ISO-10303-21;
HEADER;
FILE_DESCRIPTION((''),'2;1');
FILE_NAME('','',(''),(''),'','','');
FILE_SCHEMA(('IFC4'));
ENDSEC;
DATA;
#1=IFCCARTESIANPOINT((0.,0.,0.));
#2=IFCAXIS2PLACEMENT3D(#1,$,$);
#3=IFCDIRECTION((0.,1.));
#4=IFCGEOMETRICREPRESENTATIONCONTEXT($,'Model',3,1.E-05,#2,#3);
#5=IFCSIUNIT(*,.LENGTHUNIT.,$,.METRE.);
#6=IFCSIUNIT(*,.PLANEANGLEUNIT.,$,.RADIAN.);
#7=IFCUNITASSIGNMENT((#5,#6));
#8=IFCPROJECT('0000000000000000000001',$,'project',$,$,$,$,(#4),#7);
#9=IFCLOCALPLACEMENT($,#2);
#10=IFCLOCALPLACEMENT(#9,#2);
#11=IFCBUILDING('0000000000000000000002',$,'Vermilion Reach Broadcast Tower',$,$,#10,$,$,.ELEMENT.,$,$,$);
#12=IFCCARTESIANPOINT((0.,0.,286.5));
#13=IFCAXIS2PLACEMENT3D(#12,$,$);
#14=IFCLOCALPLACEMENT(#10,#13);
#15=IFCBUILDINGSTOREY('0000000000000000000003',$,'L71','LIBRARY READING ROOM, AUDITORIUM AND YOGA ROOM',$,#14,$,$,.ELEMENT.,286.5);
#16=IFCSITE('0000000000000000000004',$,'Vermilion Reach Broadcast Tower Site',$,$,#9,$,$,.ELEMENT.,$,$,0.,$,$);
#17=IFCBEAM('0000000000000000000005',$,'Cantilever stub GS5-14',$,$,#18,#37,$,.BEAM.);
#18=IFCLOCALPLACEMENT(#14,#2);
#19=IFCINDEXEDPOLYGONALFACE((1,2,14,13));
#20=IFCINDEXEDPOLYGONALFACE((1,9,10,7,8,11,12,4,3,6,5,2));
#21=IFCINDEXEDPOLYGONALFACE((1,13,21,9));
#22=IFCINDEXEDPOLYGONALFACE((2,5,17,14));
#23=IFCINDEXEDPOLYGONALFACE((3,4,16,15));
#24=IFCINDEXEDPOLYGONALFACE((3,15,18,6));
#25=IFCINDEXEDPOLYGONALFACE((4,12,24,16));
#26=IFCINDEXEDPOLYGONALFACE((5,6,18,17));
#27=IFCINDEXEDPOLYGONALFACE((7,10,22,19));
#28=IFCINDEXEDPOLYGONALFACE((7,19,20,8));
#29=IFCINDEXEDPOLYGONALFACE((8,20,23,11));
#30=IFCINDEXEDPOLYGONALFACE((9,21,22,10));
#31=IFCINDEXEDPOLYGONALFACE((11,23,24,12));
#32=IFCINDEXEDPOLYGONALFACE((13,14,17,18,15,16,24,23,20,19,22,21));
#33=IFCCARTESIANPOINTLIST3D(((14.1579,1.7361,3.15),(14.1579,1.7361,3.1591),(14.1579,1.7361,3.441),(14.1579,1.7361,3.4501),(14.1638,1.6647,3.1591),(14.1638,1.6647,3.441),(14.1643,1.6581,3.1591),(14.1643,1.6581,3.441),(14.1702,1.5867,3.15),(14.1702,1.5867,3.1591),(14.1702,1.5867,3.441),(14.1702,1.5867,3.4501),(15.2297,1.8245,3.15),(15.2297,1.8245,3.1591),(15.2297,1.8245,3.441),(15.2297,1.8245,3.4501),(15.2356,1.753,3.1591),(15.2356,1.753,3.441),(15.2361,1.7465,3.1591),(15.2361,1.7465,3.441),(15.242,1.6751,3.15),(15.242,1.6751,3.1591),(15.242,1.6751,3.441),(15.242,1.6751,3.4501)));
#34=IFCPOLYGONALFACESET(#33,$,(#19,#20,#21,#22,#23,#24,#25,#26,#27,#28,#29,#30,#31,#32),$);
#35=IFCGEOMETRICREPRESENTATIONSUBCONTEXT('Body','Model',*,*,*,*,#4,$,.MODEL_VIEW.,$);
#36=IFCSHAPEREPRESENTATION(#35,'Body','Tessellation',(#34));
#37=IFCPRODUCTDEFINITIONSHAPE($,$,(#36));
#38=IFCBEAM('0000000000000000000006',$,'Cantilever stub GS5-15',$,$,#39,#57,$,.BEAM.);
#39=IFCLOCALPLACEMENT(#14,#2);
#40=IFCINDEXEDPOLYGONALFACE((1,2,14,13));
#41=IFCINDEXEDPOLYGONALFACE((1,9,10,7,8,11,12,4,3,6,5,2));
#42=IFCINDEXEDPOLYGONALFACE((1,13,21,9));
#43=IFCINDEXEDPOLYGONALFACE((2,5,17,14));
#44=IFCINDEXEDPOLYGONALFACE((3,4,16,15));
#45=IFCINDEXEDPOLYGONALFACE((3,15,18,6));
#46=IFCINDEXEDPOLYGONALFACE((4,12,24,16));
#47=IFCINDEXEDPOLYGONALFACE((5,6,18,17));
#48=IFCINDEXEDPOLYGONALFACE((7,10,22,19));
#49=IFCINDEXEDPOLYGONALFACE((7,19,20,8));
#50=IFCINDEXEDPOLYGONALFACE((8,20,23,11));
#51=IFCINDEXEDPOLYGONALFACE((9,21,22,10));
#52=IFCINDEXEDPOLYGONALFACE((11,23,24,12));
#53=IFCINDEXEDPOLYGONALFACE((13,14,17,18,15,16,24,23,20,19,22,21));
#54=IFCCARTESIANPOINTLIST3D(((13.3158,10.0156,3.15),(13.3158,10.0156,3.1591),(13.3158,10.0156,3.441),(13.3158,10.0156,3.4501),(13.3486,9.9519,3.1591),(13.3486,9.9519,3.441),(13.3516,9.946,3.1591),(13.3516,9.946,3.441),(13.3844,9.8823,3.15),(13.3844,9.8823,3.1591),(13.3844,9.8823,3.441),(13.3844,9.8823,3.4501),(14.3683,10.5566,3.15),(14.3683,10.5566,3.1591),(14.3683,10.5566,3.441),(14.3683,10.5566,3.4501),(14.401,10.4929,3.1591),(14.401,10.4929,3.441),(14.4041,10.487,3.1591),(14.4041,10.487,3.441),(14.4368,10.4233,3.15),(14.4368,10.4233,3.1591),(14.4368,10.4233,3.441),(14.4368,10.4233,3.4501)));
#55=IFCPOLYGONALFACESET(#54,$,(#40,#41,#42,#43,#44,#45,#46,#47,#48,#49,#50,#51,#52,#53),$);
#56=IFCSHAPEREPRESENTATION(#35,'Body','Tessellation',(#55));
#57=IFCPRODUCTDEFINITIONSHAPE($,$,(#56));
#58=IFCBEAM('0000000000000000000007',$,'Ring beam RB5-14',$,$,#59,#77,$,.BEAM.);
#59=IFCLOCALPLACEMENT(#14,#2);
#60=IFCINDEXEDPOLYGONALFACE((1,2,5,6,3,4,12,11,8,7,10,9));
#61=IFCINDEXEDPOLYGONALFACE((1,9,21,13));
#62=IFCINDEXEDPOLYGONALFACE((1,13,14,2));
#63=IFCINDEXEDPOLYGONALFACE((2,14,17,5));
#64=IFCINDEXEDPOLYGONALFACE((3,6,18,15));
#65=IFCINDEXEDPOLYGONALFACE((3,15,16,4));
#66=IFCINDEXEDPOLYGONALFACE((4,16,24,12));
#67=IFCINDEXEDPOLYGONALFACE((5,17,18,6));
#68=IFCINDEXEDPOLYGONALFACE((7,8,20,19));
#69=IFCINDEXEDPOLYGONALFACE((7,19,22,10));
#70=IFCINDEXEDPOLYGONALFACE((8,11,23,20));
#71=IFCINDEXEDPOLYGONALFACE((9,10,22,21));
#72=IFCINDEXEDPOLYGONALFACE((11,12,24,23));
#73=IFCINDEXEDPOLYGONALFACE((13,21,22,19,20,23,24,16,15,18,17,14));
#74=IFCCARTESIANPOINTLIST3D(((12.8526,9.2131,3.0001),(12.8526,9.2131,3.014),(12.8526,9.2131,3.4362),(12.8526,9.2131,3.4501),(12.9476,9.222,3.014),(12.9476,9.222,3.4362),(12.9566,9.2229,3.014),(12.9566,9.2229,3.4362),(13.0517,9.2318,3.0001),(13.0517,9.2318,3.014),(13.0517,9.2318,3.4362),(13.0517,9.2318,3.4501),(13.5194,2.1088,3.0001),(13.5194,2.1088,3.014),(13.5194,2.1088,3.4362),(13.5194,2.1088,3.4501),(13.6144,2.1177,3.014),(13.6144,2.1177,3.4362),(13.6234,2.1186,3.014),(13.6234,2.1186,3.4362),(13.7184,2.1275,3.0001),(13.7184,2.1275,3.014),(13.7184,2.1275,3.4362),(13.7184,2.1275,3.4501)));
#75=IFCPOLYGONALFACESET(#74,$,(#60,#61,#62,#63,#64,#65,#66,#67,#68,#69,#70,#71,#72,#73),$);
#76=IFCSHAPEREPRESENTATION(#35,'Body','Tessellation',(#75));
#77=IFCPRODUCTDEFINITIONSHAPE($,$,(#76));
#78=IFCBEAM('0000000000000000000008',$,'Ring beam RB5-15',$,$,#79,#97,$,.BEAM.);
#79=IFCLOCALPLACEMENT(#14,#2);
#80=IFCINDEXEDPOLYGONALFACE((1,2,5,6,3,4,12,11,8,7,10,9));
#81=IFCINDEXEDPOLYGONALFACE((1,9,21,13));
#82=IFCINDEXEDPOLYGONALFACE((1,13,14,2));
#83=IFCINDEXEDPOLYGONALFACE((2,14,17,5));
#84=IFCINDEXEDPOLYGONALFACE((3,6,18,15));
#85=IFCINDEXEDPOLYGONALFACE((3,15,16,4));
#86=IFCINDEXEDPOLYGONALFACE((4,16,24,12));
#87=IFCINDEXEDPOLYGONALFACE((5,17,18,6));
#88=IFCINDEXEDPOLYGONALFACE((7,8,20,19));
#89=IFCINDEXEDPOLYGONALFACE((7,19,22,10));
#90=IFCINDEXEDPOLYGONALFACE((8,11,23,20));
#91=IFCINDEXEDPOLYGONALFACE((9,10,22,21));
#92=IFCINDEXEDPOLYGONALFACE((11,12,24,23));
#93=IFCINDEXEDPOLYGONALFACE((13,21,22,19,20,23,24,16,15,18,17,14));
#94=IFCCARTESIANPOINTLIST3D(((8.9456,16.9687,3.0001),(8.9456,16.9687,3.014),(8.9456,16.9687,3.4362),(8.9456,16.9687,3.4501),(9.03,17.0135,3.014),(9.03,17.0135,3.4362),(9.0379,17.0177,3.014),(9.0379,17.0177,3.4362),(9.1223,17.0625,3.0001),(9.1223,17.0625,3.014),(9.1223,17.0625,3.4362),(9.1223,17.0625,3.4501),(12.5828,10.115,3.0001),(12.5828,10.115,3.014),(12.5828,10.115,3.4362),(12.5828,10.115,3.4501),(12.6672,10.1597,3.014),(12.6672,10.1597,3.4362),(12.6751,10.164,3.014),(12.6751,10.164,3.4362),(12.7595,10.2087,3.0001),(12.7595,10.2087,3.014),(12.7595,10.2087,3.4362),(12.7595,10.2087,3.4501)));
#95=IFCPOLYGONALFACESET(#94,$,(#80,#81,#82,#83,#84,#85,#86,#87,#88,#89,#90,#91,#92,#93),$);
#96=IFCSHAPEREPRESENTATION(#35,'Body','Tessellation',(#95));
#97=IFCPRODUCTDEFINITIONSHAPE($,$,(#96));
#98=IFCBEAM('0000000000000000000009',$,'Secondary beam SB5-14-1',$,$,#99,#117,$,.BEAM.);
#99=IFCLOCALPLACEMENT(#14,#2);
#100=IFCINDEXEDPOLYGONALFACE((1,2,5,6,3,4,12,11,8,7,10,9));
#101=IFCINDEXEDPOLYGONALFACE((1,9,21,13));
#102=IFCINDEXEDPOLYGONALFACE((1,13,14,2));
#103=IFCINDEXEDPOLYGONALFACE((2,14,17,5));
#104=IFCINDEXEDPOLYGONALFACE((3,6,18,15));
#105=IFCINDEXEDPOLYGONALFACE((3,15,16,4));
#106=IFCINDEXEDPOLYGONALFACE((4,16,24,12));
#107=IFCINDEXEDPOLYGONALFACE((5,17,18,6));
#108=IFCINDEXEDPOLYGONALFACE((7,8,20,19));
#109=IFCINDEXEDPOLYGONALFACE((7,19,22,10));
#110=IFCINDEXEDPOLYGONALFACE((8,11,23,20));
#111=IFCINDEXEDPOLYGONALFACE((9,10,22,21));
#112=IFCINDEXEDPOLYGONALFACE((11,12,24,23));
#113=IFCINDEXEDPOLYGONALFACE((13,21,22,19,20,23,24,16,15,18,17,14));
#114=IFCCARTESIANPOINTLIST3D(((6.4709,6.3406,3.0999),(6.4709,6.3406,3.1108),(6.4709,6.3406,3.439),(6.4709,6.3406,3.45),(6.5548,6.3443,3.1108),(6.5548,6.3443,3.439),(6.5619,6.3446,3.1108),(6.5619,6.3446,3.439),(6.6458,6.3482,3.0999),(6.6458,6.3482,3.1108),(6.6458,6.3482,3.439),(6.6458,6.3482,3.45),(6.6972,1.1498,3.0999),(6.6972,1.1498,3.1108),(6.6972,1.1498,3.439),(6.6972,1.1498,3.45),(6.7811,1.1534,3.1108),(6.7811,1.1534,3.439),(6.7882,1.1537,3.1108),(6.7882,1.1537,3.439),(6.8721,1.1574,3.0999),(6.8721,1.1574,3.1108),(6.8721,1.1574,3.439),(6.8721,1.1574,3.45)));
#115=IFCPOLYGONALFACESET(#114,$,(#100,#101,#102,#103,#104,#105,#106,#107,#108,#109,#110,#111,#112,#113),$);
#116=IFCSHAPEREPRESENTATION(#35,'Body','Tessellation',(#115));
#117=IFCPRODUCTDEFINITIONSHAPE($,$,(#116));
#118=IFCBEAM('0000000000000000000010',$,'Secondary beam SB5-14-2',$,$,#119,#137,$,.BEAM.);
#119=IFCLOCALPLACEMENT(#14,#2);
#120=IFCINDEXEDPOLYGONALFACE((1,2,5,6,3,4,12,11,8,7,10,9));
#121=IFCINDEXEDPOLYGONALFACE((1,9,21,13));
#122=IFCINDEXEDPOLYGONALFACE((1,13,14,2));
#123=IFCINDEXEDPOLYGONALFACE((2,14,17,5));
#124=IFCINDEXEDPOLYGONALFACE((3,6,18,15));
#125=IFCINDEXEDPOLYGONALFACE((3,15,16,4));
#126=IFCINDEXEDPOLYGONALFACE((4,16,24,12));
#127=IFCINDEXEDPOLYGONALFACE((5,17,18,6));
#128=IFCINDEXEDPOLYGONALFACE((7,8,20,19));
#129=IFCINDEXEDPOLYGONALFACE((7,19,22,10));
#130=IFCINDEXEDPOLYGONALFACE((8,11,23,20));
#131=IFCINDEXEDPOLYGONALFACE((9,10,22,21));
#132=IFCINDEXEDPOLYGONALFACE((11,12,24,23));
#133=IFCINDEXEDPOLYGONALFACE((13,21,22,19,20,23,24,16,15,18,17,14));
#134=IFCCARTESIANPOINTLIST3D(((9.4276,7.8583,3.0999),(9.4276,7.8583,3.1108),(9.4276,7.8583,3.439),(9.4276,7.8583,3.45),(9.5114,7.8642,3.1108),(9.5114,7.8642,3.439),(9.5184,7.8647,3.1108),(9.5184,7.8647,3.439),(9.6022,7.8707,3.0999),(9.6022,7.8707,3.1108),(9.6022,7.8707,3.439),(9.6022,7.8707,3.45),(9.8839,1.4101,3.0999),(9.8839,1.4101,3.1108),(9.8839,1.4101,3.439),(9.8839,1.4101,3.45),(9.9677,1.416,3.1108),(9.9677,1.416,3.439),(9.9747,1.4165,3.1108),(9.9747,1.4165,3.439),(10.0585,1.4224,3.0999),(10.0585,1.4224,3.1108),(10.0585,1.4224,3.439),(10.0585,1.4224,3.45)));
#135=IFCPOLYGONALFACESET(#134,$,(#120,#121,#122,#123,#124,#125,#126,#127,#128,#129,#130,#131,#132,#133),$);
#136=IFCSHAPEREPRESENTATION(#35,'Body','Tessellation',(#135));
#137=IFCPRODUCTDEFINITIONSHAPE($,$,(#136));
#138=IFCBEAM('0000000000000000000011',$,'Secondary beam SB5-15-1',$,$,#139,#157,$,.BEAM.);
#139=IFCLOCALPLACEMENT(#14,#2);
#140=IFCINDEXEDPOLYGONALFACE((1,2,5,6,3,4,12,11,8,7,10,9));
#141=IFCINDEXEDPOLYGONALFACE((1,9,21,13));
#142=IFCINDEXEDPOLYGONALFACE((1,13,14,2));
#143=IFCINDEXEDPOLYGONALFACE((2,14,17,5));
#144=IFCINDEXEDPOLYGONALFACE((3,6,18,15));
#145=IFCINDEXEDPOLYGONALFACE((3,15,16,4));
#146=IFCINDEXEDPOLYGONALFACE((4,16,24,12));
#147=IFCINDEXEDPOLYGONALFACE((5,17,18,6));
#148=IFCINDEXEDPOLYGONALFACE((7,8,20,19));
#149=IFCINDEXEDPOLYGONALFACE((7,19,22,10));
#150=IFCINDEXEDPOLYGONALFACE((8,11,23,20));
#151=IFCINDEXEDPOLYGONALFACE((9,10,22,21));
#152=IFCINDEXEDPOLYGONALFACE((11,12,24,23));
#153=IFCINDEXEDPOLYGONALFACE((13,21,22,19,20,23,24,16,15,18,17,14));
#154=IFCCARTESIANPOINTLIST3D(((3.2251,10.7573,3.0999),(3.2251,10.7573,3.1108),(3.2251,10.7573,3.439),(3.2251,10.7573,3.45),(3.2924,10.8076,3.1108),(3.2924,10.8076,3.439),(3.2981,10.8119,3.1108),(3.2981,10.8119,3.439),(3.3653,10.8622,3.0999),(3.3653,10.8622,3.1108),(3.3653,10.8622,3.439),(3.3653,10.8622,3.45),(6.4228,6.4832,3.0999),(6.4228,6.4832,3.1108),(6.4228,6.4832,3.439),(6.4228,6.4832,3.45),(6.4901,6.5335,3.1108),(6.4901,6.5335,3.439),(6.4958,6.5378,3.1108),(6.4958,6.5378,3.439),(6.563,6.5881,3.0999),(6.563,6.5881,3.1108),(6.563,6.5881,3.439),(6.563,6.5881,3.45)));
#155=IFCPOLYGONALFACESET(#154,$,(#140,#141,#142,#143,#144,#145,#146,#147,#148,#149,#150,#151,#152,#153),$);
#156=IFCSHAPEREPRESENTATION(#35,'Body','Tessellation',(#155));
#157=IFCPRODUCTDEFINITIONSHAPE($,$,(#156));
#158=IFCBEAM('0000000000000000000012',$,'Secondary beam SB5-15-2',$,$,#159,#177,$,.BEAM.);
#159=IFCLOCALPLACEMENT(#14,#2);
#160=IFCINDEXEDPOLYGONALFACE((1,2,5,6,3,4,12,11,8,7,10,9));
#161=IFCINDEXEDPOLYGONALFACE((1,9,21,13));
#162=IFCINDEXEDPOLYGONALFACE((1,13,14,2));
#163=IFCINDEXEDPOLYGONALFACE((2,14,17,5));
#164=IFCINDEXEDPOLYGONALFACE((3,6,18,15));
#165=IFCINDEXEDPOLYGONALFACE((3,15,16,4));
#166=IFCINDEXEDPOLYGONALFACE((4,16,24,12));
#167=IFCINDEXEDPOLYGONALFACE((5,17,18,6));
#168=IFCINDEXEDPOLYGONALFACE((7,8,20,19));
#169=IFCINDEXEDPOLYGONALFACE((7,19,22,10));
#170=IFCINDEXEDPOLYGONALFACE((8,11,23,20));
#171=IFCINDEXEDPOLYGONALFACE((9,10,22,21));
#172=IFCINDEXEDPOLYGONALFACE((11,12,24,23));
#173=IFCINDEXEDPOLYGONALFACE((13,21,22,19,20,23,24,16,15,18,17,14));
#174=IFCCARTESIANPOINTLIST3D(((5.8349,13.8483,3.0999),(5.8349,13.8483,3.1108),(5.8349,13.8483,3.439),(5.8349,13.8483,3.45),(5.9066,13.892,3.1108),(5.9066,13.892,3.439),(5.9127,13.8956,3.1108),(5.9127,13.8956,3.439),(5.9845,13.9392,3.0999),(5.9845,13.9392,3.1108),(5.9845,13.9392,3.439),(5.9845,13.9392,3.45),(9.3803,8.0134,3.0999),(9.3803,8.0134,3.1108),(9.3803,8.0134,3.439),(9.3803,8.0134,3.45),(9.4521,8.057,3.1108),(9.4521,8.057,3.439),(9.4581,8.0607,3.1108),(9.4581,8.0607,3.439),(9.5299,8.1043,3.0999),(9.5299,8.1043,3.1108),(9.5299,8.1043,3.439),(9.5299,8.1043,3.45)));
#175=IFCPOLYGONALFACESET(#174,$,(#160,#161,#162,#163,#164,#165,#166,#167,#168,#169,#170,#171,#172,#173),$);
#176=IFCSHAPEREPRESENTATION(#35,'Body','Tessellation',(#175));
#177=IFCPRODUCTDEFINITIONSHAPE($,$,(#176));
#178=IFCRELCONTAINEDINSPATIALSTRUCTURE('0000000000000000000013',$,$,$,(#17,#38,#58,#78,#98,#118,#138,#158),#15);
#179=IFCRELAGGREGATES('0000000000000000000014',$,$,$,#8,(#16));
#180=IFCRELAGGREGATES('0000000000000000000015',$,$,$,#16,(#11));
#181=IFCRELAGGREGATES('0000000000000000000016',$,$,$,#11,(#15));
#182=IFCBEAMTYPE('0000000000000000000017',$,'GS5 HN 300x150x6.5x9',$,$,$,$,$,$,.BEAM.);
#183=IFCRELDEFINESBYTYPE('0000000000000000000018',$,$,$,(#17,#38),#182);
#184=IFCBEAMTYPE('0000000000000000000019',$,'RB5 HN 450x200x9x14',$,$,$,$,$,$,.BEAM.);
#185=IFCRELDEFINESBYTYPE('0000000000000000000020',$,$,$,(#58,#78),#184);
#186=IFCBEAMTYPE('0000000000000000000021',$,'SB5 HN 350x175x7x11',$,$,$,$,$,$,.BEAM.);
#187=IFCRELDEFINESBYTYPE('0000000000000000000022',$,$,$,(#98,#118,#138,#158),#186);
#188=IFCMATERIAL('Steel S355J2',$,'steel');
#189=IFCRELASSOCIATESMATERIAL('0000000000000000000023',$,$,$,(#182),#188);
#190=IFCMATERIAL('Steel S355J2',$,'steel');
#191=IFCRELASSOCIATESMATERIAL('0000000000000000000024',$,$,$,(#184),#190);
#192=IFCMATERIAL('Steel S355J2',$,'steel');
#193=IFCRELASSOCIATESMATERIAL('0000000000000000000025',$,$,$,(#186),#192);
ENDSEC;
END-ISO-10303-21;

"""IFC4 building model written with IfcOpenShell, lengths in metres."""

from ifc_helpers import new_model, si_unit, direction, frame, origin, origin_2d, place, context, subcontext, project, spatial, i_section, extrude, material, material_profile, profile_set, type_object, element, save


model = new_model("IFC4")

# Units and contexts
model_context = context("Model", 3, precision=1e-05, world=origin(), true_north=direction((0.0, 1.0)))
body_context = subcontext(model_context, "Body", "Model", "MODEL_VIEW")
ifc_project = project(units=[si_unit("LENGTHUNIT", "METRE"), si_unit("PLANEANGLEUNIT", "RADIAN")], contexts=[model_context])

# Site, building, storey
site_placement = place(None, origin())
site = spatial("IfcSite", under=ifc_project, at=site_placement, Name="Vermilion Reach Broadcast Tower Site", CompositionType="ELEMENT", RefElevation=0.0)
building_placement = place(site_placement, origin())
building = spatial("IfcBuilding", under=site, at=building_placement, Name="Vermilion Reach Broadcast Tower", CompositionType="ELEMENT")
storey_placement = place(building_placement, frame((0.0, 0.0, 286.5)))
storey = spatial("IfcBuildingStorey", under=building, at=storey_placement, Name="L71", Description="LIBRARY READING ROOM, AUDITORIUM AND YOGA ROOM", CompositionType="ELEMENT", Elevation=286.5)

# Beams
ifc_material_1 = material(Name="Steel S355J2", Category="steel")
ifc_material_profile_1 = material_profile(ifc_material_1, i_section(OverallWidth=0.1499, OverallDepth=0.3, WebThickness=0.0066, FlangeThickness=0.009, at=origin_2d()), Name="S355J2 HN 300x150x6.5x9")
ifc_profile_set_1 = profile_set([ifc_material_profile_1], Name="Steel S355J2")
beam_type_1 = type_object("IfcBeamType", Name="GS5 HN 300x150x6.5x9", PredefinedType="BEAM", material=ifc_profile_set_1)
beam_1_placement = place(storey_placement, frame((14.1641, 1.6614, 3.3), z_axis=(0.996617, 0.082181, 0.0), x_axis=(-0.082181, 0.996617, 0.0)))
element("IfcBeam", 1, at=beam_1_placement, inside=storey, type_object=beam_type_1, Name="Cantilever stub GS5-14", PredefinedType="BEAM", context=body_context, shape_type="SweptSolid", body=[
    extrude(i_section(OverallWidth=0.1499, OverallDepth=0.3, WebThickness=0.0066, FlangeThickness=0.009, at=origin_2d()), origin(), (0.0, 0.0, 1.0), 1.0754),
])
beam_2_placement = place(storey_placement, frame((13.3501, 9.949, 3.3), z_axis=(0.889379, 0.457171, 0.0), x_axis=(-0.457171, 0.889379, 0.0)))
element("IfcBeam", 2, at=beam_2_placement, inside=storey, type_object=beam_type_1, Name="Cantilever stub GS5-15", PredefinedType="BEAM", context=body_context, shape_type="SweptSolid", body=[
    extrude(i_section(OverallWidth=0.1499, OverallDepth=0.3, WebThickness=0.0066, FlangeThickness=0.009, at=origin_2d()), origin(), (0.0, 0.0, 1.0), 1.1833),
])
ifc_material_2 = material(Name="Steel S355J2", Category="steel")
ifc_material_profile_2 = material_profile(ifc_material_2, i_section(OverallWidth=0.2, OverallDepth=0.45, WebThickness=0.009, FlangeThickness=0.0139, at=origin_2d()), Name="S355J2 HN 450x200x9x14")
ifc_profile_set_2 = profile_set([ifc_material_profile_2], Name="Steel S355J2")
beam_type_2 = type_object("IfcBeamType", Name="RB5 HN 450x200x9x14", PredefinedType="BEAM", material=ifc_profile_set_2)
beam_3_placement = place(storey_placement, frame((13.6189, 2.1182, 3.2251), z_axis=(-0.093441, 0.995625, 0.0), x_axis=(-0.995625, -0.093441, 0.0)))
element("IfcBeam", 3, at=beam_3_placement, inside=storey, type_object=beam_type_2, Name="Ring beam RB5-14", PredefinedType="BEAM", context=body_context, shape_type="SweptSolid", body=[
    extrude(i_section(OverallWidth=0.2, OverallDepth=0.45, WebThickness=0.009, FlangeThickness=0.0139, at=origin_2d()), origin(), (0.0, 0.0, 1.0), 7.1355),
])
beam_4_placement = place(storey_placement, frame((12.6711, 10.1619, 3.2251), z_axis=(-0.468768, 0.883321, 0.0), x_axis=(-0.883321, -0.468768, 0.0)))
element("IfcBeam", 4, at=beam_4_placement, inside=storey, type_object=beam_type_2, Name="Ring beam RB5-15", PredefinedType="BEAM", context=body_context, shape_type="SweptSolid", body=[
    extrude(i_section(OverallWidth=0.2, OverallDepth=0.45, WebThickness=0.009, FlangeThickness=0.0139, at=origin_2d()), origin(), (0.0, 0.0, 1.0), 7.759),
])
ifc_material_3 = material(Name="Steel S355J2", Category="steel")
ifc_material_profile_3 = material_profile(ifc_material_3, i_section(OverallWidth=0.175, OverallDepth=0.3501, WebThickness=0.0071, FlangeThickness=0.011, at=origin_2d()), Name="S355J2 HN 350x175x7x11")
ifc_profile_set_3 = profile_set([ifc_material_profile_3], Name="Steel S355J2")
beam_type_3 = type_object("IfcBeamType", Name="SB5 HN 350x175x7x11", PredefinedType="BEAM", material=ifc_profile_set_3)
beam_5_placement = place(storey_placement, frame((6.7847, 1.1536, 3.2749), z_axis=(-0.043558, 0.999051, 0.0), x_axis=(-0.999051, -0.043558, 0.0)))
element("IfcBeam", 5, at=beam_5_placement, inside=storey, type_object=beam_type_3, Name="Secondary beam SB5-14-1", PredefinedType="BEAM", context=body_context, shape_type="SweptSolid", body=[
    extrude(i_section(OverallWidth=0.175, OverallDepth=0.3501, WebThickness=0.0071, FlangeThickness=0.011, at=origin_2d()), origin(), (0.0, 0.0, 1.0), 5.1958),
])
beam_6_placement = place(storey_placement, frame((9.9712, 1.4163, 3.2749), z_axis=(-0.070587, 0.997506, 0.0), x_axis=(-0.997506, -0.070587, 0.0)))
element("IfcBeam", 6, at=beam_6_placement, inside=storey, type_object=beam_type_3, Name="Secondary beam SB5-14-2", PredefinedType="BEAM", context=body_context, shape_type="SweptSolid", body=[
    extrude(i_section(OverallWidth=0.175, OverallDepth=0.3501, WebThickness=0.0071, FlangeThickness=0.011, at=origin_2d()), origin(), (0.0, 0.0, 1.0), 6.4644),
])
beam_7_placement = place(storey_placement, frame((6.4929, 6.5356, 3.2749), z_axis=(-0.599056, 0.800707, 0.0), x_axis=(-0.800707, -0.599056, 0.0)))
element("IfcBeam", 7, at=beam_7_placement, inside=storey, type_object=beam_type_3, Name="Secondary beam SB5-15-1", PredefinedType="BEAM", context=body_context, shape_type="SweptSolid", body=[
    extrude(i_section(OverallWidth=0.175, OverallDepth=0.3501, WebThickness=0.0071, FlangeThickness=0.011, at=origin_2d()), origin(), (0.0, 0.0, 1.0), 5.3379),
])
beam_8_placement = place(storey_placement, frame((9.4551, 8.0588, 3.2749), z_axis=(-0.519273, 0.854608, 0.0), x_axis=(-0.854608, -0.519273, 0.0)))
element("IfcBeam", 8, at=beam_8_placement, inside=storey, type_object=beam_type_3, Name="Secondary beam SB5-15-2", PredefinedType="BEAM", context=body_context, shape_type="SweptSolid", body=[
    extrude(i_section(OverallWidth=0.175, OverallDepth=0.3501, WebThickness=0.0071, FlangeThickness=0.011, at=origin_2d()), origin(), (0.0, 0.0, 1.0), 6.8276),
])

save(model, "model.ifc")
